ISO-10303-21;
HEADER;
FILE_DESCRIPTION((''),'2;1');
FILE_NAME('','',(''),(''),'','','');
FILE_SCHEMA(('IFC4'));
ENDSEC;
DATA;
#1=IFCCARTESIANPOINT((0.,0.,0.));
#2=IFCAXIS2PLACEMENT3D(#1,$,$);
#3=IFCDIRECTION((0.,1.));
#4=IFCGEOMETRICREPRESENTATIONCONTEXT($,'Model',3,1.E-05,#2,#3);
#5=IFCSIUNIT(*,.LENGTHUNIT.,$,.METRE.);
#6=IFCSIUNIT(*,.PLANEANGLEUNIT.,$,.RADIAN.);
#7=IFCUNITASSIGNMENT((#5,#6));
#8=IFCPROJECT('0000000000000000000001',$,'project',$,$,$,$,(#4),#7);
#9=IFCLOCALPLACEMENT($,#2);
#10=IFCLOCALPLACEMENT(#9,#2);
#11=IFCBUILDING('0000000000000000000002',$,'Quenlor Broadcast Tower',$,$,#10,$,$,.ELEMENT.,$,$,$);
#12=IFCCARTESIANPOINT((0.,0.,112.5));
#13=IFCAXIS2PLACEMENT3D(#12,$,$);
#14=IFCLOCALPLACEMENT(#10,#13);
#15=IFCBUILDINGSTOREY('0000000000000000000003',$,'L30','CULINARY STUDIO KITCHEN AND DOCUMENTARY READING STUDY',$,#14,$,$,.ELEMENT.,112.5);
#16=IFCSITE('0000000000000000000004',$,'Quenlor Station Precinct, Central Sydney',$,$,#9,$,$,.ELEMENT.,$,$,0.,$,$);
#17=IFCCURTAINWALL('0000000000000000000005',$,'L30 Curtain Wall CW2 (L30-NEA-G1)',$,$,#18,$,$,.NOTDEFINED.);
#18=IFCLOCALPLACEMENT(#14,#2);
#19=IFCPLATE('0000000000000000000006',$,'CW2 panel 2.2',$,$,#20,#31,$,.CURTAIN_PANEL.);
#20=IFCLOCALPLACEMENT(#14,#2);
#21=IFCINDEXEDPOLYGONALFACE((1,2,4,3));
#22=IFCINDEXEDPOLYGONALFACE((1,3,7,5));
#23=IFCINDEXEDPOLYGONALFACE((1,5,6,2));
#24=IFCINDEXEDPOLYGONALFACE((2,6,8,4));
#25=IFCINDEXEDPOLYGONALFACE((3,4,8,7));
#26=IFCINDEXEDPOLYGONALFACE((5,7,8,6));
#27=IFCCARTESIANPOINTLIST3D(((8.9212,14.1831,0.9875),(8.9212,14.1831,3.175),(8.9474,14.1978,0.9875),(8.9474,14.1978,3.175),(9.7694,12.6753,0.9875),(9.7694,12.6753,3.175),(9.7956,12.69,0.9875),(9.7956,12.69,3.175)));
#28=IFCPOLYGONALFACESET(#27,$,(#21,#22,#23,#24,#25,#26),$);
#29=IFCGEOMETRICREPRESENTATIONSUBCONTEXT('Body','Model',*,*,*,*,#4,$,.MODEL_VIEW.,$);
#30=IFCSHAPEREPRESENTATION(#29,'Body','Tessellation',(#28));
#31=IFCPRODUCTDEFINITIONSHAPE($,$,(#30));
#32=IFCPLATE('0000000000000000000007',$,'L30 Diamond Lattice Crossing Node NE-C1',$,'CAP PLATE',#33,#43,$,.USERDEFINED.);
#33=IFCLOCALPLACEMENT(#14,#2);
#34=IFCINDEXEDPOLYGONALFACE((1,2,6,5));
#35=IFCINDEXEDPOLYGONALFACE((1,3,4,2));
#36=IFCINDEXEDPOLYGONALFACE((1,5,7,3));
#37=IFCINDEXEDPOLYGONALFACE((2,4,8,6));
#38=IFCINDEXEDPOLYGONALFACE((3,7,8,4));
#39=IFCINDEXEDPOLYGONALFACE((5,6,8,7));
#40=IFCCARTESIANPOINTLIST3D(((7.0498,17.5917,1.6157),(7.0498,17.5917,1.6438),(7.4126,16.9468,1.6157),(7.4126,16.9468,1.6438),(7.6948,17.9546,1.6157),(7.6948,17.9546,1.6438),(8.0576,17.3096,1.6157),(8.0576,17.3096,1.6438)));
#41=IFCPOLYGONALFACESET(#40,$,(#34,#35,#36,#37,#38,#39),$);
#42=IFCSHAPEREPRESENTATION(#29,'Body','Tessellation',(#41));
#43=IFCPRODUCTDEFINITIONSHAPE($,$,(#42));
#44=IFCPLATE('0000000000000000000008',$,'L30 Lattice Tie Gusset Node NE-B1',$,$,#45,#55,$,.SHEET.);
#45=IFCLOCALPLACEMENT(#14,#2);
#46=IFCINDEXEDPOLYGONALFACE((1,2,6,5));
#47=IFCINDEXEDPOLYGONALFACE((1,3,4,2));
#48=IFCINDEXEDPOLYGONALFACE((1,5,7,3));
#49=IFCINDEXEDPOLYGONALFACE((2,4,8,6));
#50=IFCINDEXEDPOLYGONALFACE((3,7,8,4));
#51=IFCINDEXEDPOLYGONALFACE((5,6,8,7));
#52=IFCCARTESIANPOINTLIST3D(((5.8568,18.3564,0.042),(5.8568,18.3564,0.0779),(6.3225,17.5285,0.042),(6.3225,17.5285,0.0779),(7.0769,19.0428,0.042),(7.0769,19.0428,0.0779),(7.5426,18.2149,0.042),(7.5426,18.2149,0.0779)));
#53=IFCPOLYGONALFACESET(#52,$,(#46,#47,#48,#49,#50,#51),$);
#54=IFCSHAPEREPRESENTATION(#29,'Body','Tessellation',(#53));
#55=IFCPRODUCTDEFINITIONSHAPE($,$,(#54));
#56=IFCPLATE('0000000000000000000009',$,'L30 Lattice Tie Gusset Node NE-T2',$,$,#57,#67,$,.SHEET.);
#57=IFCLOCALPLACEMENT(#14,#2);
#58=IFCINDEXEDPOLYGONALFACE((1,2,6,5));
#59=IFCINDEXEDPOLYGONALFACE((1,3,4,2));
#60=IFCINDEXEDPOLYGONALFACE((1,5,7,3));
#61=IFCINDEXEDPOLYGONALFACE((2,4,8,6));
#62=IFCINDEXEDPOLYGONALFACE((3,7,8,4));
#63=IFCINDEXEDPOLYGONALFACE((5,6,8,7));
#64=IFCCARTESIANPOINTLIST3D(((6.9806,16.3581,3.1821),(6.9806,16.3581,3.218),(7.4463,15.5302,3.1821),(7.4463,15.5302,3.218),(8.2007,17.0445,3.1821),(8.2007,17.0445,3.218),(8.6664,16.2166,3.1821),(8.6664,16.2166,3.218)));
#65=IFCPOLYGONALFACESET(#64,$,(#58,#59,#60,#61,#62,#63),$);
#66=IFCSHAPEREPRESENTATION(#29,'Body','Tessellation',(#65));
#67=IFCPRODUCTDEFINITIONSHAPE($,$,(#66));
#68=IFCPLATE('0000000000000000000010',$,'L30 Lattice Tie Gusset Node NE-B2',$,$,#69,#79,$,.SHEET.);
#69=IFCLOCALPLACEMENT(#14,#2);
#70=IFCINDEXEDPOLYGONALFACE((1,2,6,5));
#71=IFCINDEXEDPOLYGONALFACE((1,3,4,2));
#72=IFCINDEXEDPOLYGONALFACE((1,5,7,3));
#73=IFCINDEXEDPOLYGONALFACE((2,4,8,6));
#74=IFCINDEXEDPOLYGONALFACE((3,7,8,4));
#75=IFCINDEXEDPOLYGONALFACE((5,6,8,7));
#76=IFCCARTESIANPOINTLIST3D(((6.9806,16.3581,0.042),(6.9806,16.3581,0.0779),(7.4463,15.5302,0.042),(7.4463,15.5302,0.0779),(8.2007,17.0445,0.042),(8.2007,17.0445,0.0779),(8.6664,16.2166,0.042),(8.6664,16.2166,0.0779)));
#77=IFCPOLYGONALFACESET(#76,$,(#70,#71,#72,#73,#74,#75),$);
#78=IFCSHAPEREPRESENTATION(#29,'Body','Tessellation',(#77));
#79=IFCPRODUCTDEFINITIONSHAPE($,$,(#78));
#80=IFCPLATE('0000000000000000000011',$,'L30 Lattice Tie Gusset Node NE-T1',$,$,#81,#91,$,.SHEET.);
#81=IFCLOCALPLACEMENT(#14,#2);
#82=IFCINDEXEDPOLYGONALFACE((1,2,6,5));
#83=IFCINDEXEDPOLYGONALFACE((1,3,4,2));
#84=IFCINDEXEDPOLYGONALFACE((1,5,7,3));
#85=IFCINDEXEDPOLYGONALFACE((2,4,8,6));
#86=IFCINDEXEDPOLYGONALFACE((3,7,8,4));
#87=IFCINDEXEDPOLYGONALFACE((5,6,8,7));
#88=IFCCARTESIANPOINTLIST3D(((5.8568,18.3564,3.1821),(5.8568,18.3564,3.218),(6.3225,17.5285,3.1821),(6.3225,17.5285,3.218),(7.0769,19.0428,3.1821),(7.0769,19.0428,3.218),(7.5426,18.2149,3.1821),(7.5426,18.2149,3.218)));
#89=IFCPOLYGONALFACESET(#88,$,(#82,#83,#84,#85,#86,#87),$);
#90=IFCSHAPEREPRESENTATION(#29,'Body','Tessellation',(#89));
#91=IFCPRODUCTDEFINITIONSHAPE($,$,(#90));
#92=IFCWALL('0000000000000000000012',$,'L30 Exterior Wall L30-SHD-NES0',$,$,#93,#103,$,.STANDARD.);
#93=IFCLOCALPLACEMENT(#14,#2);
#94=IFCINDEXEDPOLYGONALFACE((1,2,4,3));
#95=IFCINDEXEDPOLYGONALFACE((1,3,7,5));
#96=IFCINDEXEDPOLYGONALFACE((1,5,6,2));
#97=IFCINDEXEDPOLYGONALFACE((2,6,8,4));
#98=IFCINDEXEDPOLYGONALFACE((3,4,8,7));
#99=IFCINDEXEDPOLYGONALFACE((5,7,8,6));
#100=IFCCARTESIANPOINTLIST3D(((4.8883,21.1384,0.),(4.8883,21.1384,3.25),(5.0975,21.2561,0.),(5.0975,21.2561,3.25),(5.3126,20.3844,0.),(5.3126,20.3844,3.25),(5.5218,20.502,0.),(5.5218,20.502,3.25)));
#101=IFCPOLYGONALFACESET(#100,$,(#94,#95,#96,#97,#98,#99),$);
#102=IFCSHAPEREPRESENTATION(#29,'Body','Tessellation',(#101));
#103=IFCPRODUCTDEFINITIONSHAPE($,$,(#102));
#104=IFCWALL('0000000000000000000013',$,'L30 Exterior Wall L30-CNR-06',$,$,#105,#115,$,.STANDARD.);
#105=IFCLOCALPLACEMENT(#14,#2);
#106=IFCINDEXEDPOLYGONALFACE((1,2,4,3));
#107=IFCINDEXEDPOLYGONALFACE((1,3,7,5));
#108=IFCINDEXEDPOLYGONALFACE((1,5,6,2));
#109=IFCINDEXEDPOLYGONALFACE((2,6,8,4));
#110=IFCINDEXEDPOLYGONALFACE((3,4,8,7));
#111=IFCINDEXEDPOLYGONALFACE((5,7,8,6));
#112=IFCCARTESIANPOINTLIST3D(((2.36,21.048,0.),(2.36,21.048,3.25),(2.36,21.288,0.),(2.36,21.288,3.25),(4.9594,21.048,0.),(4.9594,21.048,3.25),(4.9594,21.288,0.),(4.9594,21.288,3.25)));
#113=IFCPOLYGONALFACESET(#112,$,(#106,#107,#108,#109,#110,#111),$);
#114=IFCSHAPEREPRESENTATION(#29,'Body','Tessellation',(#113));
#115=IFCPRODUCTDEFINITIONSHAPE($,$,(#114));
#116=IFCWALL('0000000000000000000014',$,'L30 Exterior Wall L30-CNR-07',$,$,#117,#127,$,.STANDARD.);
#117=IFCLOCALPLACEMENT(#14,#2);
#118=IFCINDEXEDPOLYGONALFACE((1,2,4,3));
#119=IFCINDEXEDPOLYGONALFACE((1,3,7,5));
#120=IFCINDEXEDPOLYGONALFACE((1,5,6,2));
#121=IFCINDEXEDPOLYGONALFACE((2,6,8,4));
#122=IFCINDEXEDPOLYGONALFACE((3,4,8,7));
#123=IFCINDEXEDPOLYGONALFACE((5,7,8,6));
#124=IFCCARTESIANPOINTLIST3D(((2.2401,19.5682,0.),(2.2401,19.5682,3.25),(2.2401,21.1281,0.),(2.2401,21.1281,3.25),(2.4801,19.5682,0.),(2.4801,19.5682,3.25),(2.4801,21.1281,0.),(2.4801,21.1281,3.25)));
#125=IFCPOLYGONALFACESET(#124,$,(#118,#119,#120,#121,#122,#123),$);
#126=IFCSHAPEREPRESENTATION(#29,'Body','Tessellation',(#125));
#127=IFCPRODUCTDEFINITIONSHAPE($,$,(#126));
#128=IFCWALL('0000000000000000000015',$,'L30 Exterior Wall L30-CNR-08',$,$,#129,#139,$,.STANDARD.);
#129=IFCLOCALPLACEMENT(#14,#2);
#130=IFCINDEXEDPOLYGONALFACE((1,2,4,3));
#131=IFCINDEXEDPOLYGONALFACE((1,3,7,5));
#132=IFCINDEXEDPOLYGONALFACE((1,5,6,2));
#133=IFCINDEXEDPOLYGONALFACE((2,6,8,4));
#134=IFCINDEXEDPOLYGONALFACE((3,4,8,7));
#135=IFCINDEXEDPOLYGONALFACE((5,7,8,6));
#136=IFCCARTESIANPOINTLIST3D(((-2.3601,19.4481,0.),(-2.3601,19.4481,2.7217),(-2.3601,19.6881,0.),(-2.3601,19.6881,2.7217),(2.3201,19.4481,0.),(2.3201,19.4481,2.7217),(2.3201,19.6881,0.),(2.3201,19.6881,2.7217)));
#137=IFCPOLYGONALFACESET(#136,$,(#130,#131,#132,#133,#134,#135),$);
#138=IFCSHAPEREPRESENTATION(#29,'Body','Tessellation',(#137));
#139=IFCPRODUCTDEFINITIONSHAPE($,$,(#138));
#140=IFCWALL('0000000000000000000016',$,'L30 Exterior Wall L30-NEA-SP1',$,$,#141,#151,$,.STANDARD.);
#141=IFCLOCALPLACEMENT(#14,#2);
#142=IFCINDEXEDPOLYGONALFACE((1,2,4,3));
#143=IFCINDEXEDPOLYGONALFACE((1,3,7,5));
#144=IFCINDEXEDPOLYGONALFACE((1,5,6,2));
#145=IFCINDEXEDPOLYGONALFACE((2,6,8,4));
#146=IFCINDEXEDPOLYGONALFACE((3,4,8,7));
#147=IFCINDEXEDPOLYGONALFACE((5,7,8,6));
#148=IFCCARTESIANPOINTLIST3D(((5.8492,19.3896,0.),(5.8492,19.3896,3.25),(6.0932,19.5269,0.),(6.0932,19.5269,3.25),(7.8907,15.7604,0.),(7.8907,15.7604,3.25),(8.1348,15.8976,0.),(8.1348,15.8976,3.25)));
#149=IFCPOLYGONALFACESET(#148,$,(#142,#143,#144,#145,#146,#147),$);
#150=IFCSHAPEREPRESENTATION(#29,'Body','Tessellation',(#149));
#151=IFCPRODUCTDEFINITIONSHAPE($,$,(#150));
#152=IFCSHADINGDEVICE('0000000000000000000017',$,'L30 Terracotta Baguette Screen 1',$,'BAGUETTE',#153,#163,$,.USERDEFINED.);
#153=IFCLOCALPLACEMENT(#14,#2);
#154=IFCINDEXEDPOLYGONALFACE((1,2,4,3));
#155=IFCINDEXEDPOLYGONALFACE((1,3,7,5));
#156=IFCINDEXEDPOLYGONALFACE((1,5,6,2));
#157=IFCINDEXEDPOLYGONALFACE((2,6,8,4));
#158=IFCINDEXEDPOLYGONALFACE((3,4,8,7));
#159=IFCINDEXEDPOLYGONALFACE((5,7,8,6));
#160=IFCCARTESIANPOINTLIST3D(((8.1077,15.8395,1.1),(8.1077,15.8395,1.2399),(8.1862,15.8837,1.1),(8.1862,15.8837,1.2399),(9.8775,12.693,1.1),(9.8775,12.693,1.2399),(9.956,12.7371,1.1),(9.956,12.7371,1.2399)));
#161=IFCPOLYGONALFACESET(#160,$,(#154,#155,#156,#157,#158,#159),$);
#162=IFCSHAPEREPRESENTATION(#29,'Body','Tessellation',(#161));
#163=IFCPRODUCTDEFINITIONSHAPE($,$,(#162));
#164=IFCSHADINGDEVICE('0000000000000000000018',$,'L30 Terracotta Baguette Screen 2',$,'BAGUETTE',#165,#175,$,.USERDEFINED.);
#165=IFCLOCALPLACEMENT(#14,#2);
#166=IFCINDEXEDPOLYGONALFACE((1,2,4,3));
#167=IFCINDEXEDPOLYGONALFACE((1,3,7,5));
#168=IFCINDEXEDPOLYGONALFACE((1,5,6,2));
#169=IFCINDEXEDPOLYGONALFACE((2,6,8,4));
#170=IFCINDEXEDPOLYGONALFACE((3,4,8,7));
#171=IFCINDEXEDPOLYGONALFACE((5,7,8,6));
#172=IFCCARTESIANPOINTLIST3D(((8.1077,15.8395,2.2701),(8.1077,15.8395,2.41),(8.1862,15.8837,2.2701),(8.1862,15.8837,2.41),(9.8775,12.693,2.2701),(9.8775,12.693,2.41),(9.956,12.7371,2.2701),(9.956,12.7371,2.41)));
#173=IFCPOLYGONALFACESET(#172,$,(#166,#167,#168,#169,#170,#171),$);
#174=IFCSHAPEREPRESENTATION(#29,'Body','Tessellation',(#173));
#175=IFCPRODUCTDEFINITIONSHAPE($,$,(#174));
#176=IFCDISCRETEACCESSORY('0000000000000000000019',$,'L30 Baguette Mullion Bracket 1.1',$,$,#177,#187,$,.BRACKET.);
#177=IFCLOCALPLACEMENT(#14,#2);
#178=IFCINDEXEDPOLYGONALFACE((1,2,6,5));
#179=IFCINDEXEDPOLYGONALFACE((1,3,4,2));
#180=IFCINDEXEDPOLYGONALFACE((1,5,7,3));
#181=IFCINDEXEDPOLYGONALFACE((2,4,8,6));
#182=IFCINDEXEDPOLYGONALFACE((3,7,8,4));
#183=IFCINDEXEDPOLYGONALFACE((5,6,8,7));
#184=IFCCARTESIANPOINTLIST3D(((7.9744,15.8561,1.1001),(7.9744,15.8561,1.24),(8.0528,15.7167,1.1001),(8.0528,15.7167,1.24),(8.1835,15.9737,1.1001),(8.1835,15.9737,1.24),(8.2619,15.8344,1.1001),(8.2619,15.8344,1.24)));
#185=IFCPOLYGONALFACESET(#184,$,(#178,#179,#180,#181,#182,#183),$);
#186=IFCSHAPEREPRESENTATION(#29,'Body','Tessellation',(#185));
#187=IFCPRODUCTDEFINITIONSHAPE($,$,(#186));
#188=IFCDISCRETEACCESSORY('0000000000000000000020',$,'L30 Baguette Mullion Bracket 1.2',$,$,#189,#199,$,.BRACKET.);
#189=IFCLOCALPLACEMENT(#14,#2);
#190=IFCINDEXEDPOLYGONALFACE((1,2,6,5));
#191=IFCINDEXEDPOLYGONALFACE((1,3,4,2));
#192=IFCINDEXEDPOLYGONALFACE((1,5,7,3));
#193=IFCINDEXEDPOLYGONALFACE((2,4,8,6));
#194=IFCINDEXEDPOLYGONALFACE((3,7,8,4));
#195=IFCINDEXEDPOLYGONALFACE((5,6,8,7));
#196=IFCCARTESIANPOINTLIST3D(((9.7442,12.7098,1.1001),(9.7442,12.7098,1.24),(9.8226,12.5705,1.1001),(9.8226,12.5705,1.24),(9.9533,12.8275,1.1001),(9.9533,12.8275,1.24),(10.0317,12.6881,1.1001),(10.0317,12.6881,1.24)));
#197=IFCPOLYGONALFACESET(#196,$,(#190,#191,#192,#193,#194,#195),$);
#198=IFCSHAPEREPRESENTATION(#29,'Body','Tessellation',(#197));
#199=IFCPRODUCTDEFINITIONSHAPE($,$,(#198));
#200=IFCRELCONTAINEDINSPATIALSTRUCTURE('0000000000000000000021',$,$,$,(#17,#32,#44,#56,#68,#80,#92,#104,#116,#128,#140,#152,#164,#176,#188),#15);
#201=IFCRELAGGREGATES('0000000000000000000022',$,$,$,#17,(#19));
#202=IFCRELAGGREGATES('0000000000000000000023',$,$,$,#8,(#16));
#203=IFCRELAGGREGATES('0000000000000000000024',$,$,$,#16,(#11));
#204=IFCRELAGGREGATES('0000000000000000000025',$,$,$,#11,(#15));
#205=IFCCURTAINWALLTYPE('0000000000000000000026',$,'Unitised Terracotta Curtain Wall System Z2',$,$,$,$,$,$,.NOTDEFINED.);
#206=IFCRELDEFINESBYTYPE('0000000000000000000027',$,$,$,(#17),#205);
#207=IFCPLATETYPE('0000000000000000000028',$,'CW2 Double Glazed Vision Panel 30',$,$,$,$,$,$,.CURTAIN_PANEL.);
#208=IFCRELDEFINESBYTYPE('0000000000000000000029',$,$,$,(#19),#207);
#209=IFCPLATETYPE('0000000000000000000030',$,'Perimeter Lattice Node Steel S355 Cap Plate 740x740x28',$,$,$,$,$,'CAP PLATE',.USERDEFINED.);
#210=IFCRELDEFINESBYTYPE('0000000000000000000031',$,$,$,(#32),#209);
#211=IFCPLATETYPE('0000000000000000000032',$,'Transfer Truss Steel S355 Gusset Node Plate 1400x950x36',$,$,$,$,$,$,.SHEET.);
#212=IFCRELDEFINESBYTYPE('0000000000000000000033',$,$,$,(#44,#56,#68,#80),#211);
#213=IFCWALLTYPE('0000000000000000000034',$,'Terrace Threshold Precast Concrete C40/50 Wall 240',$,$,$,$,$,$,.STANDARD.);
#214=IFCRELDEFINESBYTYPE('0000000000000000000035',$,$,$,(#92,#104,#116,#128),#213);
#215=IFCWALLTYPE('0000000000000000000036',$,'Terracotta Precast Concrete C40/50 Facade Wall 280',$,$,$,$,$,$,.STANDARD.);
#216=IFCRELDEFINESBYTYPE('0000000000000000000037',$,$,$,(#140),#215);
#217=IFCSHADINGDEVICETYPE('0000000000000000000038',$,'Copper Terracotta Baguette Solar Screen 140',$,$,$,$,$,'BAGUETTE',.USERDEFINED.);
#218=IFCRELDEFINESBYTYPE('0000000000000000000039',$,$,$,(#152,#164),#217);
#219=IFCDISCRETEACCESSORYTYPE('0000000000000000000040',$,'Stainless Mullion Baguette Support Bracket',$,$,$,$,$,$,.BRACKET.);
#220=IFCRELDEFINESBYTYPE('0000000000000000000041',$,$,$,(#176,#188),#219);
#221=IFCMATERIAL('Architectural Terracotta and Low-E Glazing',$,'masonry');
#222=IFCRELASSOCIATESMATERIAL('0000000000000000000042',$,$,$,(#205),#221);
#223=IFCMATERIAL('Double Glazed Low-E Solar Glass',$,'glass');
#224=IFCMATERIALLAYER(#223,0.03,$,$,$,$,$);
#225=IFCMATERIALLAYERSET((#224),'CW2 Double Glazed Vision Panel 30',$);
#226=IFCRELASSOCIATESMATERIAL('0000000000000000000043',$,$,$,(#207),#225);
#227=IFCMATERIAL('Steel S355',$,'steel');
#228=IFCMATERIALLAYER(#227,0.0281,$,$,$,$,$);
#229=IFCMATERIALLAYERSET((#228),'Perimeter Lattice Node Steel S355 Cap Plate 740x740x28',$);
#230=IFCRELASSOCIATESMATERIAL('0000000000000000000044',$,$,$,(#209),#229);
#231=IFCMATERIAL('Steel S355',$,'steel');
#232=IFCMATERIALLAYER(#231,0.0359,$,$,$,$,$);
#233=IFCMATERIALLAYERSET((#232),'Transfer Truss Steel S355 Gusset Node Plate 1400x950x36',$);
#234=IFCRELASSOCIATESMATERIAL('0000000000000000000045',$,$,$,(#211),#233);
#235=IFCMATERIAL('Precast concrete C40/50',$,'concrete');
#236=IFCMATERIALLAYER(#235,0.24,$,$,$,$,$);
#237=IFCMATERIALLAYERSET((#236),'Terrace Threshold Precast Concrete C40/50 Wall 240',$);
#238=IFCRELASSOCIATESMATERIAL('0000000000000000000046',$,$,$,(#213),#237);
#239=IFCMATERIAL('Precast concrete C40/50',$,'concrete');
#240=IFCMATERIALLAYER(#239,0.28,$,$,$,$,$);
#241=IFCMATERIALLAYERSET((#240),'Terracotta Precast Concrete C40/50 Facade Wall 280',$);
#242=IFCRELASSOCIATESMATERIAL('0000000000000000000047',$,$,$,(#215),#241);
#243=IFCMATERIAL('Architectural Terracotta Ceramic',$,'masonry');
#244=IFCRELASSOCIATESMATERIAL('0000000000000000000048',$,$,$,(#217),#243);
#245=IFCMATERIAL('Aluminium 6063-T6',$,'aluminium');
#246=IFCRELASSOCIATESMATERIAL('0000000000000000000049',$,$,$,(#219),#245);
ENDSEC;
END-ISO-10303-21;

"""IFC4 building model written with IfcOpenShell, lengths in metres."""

from ifc_helpers import new_model, si_unit, direction, frame, frame_2d, origin, origin_2d, place, context, subcontext, project, spatial, rectangle, extrude, material, layer, layer_set, material_profile, profile_set, type_object, element, aggregate, save


model = new_model("IFC4")

# Units and contexts
model_context = context("Model", 3, precision=1e-05, world=origin(), true_north=direction((0.0, 1.0)))
body_context = subcontext(model_context, "Body", "Model", "MODEL_VIEW")
ifc_project = project(units=[si_unit("LENGTHUNIT", "METRE"), si_unit("PLANEANGLEUNIT", "RADIAN")], contexts=[model_context])

# Site, building, storey
site_placement = place(None, origin())
site = spatial("IfcSite", under=ifc_project, at=site_placement, Name="Quenlor Station Precinct, Central Sydney", CompositionType="ELEMENT", RefElevation=0.0)
building_placement = place(site_placement, origin())
building = spatial("IfcBuilding", under=site, at=building_placement, Name="Quenlor Broadcast Tower", CompositionType="ELEMENT")
storey_placement = place(building_placement, frame((0.0, 0.0, 112.5)))
storey = spatial("IfcBuildingStorey", under=building, at=storey_placement, Name="L30", Description="CULINARY STUDIO KITCHEN AND DOCUMENTARY READING STUDY", CompositionType="ELEMENT", Elevation=112.5)

# Curtain wall
ifc_material_1 = material(Name="Architectural Terracotta and Low-E Glazing", Category="masonry")
curtain_wall_type = type_object("IfcCurtainWallType", Name="Unitised Terracotta Curtain Wall System Z2", PredefinedType="NOTDEFINED", material=ifc_material_1)
curtain_wall_placement = place(storey_placement, origin())
curtain_wall = element("IfcCurtainWall", 1, at=curtain_wall_placement, inside=storey, type_object=curtain_wall_type, Name="L30 Curtain Wall CW2 (L30-NEA-G1)", PredefinedType="NOTDEFINED")

# Plate
ifc_material_2 = material(Name="Double Glazed Low-E Solar Glass", Category="glass")
ifc_layer_1 = layer(ifc_material_2, 0.03)
ifc_layer_set_1 = layer_set([ifc_layer_1], Name="CW2 Double Glazed Vision Panel 30")
plate_type_1 = type_object("IfcPlateType", Name="CW2 Double Glazed Vision Panel 30", PredefinedType="CURTAIN_PANEL", material=ifc_layer_set_1)
plate_1_placement = place(storey_placement, frame((9.3584, 13.4365, 0.9875), z_axis=(0.0, 0.0, 1.0), x_axis=(0.490265, -0.871573, 0.0)))
plate_1 = element("IfcPlate", 2, at=plate_1_placement, type_object=plate_type_1, Name="CW2 panel 2.2", PredefinedType="CURTAIN_PANEL", context=body_context, shape_type="SweptSolid", body=[
    extrude(rectangle(XDim=1.73, YDim=0.03, at=origin_2d()), origin(), (0.0, 0.0, 1.0), 2.1875),
])
aggregate(curtain_wall, [plate_1])

# Plates
ifc_material_3 = material(Name="Steel S355", Category="steel")
ifc_layer_2 = layer(ifc_material_3, 0.0281)
ifc_layer_set_2 = layer_set([ifc_layer_2], Name="Perimeter Lattice Node Steel S355 Cap Plate 740x740x28")
plate_type_2 = type_object("IfcPlateType", Name="Perimeter Lattice Node Steel S355 Cap Plate 740x740x28", ElementType="CAP PLATE", PredefinedType="USERDEFINED", material=ifc_layer_set_2)
plate_2_placement = place(storey_placement, frame((7.5537, 17.4507, 1.6157), z_axis=(0.0, 0.0, 1.0), x_axis=(0.490295, -0.871556, 0.0)))
element("IfcPlate", 3, at=plate_2_placement, inside=storey, type_object=plate_type_2, Name="L30 Diamond Lattice Crossing Node NE-C1", ObjectType="CAP PLATE", PredefinedType="USERDEFINED", context=body_context, shape_type="SweptSolid", body=[
    extrude(rectangle(XDim=0.74, YDim=0.74, at=origin_2d()), origin(), (0.0, 0.0, 1.0), 0.0281),
])
ifc_material_4 = material(Name="Steel S355", Category="steel")
ifc_layer_3 = layer(ifc_material_4, 0.0359)
ifc_layer_set_3 = layer_set([ifc_layer_3], Name="Transfer Truss Steel S355 Gusset Node Plate 1400x950x36")
plate_type_3 = type_object("IfcPlateType", Name="Transfer Truss Steel S355 Gusset Node Plate 1400x950x36", PredefinedType="SHEET", material=ifc_layer_set_3)
for number, where, z_axis, x_axis, name in (
    (4, (6.6997, 18.2856, 0.042), (0.0, 0.0, 1.0), (0.871556, 0.490295, 0.0), "L30 Lattice Tie Gusset Node NE-B1"),
    (5, (7.8235, 16.2874, 3.1821), (0.0, 0.0, 1.0), (0.871556, 0.490295, 0.0), "L30 Lattice Tie Gusset Node NE-T2"),
    (6, (7.8235, 16.2874, 0.042), (0.0, 0.0, 1.0), (0.871556, 0.490295, 0.0), "L30 Lattice Tie Gusset Node NE-B2"),
    (7, (6.6997, 18.2856, 3.1821), (0.0, 0.0, 1.0), (0.871556, 0.490295, 0.0), "L30 Lattice Tie Gusset Node NE-T1"),
):
    element("IfcPlate", number, at=place(storey_placement, frame(where, z_axis=z_axis, x_axis=x_axis)), inside=storey, type_object=plate_type_3, Name=name, PredefinedType="SHEET", context=body_context, shape_type="SweptSolid", body=[
        extrude(rectangle(XDim=1.3999, YDim=0.95, at=origin_2d()), origin(), (0.0, 0.0, 1.0), 0.0359),
    ])

# Walls
ifc_material_5 = material(Name="Precast concrete C40/50", Category="concrete")
ifc_layer_4 = layer(ifc_material_5, 0.24)
ifc_layer_set_4 = layer_set([ifc_layer_4], Name="Terrace Threshold Precast Concrete C40/50 Wall 240")
wall_type_1 = type_object("IfcWallType", Name="Terrace Threshold Precast Concrete C40/50 Wall 240", PredefinedType="STANDARD", material=ifc_layer_set_4)
wall_1_placement = place(storey_placement, frame((4.9929, 21.1973, 0.0), z_axis=(0.0, 0.0, 1.0), x_axis=(0.490355, -0.871523, 0.0)))
element("IfcWall", 8, at=wall_1_placement, inside=storey, type_object=wall_type_1, Name="L30 Exterior Wall L30-SHD-NES0", PredefinedType="STANDARD", context=body_context, shape_type="SweptSolid", body=[
    extrude(rectangle(XDim=0.8652, YDim=0.24, at=frame_2d((0.4326, 0.0))), origin(), (0.0, 0.0, 1.0), 3.25),
])
wall_2_placement = place(storey_placement, frame((4.9595, 21.168, 0.0), z_axis=(0.0, 0.0, 1.0), x_axis=(-1.0, 0.0, 0.0)))
element("IfcWall", 9, at=wall_2_placement, inside=storey, type_object=wall_type_1, Name="L30 Exterior Wall L30-CNR-06", PredefinedType="STANDARD", context=body_context, shape_type="SweptSolid", body=[
    extrude(rectangle(XDim=2.5994, YDim=0.24, at=frame_2d((1.2998, 0.0))), origin(), (0.0, 0.0, 1.0), 3.25),
])
wall_3_placement = place(storey_placement, frame((2.3601, 21.1279, 0.0), z_axis=(0.0, 0.0, 1.0), x_axis=(0.0, -1.0, 0.0)))
element("IfcWall", 10, at=wall_3_placement, inside=storey, type_object=wall_type_1, Name="L30 Exterior Wall L30-CNR-07", PredefinedType="STANDARD", context=body_context, shape_type="SweptSolid", body=[
    extrude(rectangle(XDim=1.5598, YDim=0.24, at=frame_2d((0.7798, 0.0))), origin(), (0.0, 0.0, 1.0), 3.25),
])
wall_4_placement = place(storey_placement, frame((2.3201, 19.5681, 0.0), z_axis=(0.0, 0.0, 1.0), x_axis=(-1.0, 0.0, 0.0)))
element("IfcWall", 11, at=wall_4_placement, inside=storey, type_object=wall_type_1, Name="L30 Exterior Wall L30-CNR-08", PredefinedType="STANDARD", context=body_context, shape_type="SweptSolid", body=[
    extrude(rectangle(XDim=4.6802, YDim=0.24, at=frame_2d((2.3401, 0.0))), origin(), (0.0, 0.0, 1.0), 2.7217),
])
ifc_material_6 = material(Name="Precast concrete C40/50", Category="concrete")
ifc_layer_5 = layer(ifc_material_6, 0.28)
ifc_layer_set_5 = layer_set([ifc_layer_5], Name="Terracotta Precast Concrete C40/50 Facade Wall 280")
wall_type_2 = type_object("IfcWallType", Name="Terracotta Precast Concrete C40/50 Facade Wall 280", PredefinedType="STANDARD", material=ifc_layer_set_5)
wall_5_placement = place(storey_placement, frame((5.9712, 19.4583, 0.0), z_axis=(0.0, 0.0, 1.0), x_axis=(0.490281, -0.871565, 0.0)))
element("IfcWall", 12, at=wall_5_placement, inside=storey, type_object=wall_type_2, Name="L30 Exterior Wall L30-NEA-SP1", PredefinedType="STANDARD", context=body_context, shape_type="SweptSolid", body=[
    extrude(rectangle(XDim=4.1641, YDim=0.28, at=frame_2d((2.082, 0.0))), origin(), (0.0, 0.0, 1.0), 3.25),
])

# Shading devices
ifc_material_7 = material(Name="Architectural Terracotta Ceramic", Category="masonry")
ifc_material_profile_1 = material_profile(ifc_material_7, rectangle(XDim=0.0901, YDim=0.1399, at=origin_2d()))
ifc_profile_set_1 = profile_set([ifc_material_profile_1], Name="Architectural Terracotta Ceramic BAG90x140")
shading_device_type = type_object("IfcShadingDeviceType", Name="Copper Terracotta Baguette Solar Screen 140", ElementType="BAGUETTE", PredefinedType="USERDEFINED", material=ifc_profile_set_1)
for number, where, z_axis, x_axis, name in (
    (13, (8.147, 15.8616, 1.1699), (0.490236, -0.87159, 0.0), (0.87159, 0.490236, 0.0), "L30 Terracotta Baguette Screen 1"),
    (14, (8.147, 15.8616, 2.3401), (0.490236, -0.87159, 0.0), (0.87159, 0.490236, 0.0), "L30 Terracotta Baguette Screen 2"),
):
    element("IfcShadingDevice", number, at=place(storey_placement, frame(where, z_axis=z_axis, x_axis=x_axis)), inside=storey, type_object=shading_device_type, Name=name, ObjectType="BAGUETTE", PredefinedType="USERDEFINED", context=body_context, shape_type="SweptSolid", body=[
        extrude(rectangle(XDim=0.0901, YDim=0.1399, at=origin_2d()), origin(), (0.0, 0.0, 1.0), 3.6101),
    ])

# Discrete accessories
ifc_material_8 = material(Name="Aluminium 6063-T6", Category="aluminium")
discrete_accessory_type = type_object("IfcDiscreteAccessoryType", Name="Stainless Mullion Baguette Support Bracket", PredefinedType="BRACKET", material=ifc_material_8)
for number, where, z_axis, x_axis, name in (
    (15, (8.1182, 15.8452, 1.1001), (0.0, 0.0, 1.0), (0.490265, -0.871573, 0.0), "L30 Baguette Mullion Bracket 1.1"),
    (16, (9.8879, 12.699, 1.1001), (0.0, 0.0, 1.0), (0.490265, -0.871573, 0.0), "L30 Baguette Mullion Bracket 1.2"),
):
    element("IfcDiscreteAccessory", number, at=place(storey_placement, frame(where, z_axis=z_axis, x_axis=x_axis)), inside=storey, type_object=discrete_accessory_type, Name=name, PredefinedType="BRACKET", context=body_context, shape_type="SweptSolid", body=[
        extrude(rectangle(XDim=0.1599, YDim=0.24, at=origin_2d()), origin(), (0.0, 0.0, 1.0), 0.1399),
    ])

save(model, "model.ifc")
